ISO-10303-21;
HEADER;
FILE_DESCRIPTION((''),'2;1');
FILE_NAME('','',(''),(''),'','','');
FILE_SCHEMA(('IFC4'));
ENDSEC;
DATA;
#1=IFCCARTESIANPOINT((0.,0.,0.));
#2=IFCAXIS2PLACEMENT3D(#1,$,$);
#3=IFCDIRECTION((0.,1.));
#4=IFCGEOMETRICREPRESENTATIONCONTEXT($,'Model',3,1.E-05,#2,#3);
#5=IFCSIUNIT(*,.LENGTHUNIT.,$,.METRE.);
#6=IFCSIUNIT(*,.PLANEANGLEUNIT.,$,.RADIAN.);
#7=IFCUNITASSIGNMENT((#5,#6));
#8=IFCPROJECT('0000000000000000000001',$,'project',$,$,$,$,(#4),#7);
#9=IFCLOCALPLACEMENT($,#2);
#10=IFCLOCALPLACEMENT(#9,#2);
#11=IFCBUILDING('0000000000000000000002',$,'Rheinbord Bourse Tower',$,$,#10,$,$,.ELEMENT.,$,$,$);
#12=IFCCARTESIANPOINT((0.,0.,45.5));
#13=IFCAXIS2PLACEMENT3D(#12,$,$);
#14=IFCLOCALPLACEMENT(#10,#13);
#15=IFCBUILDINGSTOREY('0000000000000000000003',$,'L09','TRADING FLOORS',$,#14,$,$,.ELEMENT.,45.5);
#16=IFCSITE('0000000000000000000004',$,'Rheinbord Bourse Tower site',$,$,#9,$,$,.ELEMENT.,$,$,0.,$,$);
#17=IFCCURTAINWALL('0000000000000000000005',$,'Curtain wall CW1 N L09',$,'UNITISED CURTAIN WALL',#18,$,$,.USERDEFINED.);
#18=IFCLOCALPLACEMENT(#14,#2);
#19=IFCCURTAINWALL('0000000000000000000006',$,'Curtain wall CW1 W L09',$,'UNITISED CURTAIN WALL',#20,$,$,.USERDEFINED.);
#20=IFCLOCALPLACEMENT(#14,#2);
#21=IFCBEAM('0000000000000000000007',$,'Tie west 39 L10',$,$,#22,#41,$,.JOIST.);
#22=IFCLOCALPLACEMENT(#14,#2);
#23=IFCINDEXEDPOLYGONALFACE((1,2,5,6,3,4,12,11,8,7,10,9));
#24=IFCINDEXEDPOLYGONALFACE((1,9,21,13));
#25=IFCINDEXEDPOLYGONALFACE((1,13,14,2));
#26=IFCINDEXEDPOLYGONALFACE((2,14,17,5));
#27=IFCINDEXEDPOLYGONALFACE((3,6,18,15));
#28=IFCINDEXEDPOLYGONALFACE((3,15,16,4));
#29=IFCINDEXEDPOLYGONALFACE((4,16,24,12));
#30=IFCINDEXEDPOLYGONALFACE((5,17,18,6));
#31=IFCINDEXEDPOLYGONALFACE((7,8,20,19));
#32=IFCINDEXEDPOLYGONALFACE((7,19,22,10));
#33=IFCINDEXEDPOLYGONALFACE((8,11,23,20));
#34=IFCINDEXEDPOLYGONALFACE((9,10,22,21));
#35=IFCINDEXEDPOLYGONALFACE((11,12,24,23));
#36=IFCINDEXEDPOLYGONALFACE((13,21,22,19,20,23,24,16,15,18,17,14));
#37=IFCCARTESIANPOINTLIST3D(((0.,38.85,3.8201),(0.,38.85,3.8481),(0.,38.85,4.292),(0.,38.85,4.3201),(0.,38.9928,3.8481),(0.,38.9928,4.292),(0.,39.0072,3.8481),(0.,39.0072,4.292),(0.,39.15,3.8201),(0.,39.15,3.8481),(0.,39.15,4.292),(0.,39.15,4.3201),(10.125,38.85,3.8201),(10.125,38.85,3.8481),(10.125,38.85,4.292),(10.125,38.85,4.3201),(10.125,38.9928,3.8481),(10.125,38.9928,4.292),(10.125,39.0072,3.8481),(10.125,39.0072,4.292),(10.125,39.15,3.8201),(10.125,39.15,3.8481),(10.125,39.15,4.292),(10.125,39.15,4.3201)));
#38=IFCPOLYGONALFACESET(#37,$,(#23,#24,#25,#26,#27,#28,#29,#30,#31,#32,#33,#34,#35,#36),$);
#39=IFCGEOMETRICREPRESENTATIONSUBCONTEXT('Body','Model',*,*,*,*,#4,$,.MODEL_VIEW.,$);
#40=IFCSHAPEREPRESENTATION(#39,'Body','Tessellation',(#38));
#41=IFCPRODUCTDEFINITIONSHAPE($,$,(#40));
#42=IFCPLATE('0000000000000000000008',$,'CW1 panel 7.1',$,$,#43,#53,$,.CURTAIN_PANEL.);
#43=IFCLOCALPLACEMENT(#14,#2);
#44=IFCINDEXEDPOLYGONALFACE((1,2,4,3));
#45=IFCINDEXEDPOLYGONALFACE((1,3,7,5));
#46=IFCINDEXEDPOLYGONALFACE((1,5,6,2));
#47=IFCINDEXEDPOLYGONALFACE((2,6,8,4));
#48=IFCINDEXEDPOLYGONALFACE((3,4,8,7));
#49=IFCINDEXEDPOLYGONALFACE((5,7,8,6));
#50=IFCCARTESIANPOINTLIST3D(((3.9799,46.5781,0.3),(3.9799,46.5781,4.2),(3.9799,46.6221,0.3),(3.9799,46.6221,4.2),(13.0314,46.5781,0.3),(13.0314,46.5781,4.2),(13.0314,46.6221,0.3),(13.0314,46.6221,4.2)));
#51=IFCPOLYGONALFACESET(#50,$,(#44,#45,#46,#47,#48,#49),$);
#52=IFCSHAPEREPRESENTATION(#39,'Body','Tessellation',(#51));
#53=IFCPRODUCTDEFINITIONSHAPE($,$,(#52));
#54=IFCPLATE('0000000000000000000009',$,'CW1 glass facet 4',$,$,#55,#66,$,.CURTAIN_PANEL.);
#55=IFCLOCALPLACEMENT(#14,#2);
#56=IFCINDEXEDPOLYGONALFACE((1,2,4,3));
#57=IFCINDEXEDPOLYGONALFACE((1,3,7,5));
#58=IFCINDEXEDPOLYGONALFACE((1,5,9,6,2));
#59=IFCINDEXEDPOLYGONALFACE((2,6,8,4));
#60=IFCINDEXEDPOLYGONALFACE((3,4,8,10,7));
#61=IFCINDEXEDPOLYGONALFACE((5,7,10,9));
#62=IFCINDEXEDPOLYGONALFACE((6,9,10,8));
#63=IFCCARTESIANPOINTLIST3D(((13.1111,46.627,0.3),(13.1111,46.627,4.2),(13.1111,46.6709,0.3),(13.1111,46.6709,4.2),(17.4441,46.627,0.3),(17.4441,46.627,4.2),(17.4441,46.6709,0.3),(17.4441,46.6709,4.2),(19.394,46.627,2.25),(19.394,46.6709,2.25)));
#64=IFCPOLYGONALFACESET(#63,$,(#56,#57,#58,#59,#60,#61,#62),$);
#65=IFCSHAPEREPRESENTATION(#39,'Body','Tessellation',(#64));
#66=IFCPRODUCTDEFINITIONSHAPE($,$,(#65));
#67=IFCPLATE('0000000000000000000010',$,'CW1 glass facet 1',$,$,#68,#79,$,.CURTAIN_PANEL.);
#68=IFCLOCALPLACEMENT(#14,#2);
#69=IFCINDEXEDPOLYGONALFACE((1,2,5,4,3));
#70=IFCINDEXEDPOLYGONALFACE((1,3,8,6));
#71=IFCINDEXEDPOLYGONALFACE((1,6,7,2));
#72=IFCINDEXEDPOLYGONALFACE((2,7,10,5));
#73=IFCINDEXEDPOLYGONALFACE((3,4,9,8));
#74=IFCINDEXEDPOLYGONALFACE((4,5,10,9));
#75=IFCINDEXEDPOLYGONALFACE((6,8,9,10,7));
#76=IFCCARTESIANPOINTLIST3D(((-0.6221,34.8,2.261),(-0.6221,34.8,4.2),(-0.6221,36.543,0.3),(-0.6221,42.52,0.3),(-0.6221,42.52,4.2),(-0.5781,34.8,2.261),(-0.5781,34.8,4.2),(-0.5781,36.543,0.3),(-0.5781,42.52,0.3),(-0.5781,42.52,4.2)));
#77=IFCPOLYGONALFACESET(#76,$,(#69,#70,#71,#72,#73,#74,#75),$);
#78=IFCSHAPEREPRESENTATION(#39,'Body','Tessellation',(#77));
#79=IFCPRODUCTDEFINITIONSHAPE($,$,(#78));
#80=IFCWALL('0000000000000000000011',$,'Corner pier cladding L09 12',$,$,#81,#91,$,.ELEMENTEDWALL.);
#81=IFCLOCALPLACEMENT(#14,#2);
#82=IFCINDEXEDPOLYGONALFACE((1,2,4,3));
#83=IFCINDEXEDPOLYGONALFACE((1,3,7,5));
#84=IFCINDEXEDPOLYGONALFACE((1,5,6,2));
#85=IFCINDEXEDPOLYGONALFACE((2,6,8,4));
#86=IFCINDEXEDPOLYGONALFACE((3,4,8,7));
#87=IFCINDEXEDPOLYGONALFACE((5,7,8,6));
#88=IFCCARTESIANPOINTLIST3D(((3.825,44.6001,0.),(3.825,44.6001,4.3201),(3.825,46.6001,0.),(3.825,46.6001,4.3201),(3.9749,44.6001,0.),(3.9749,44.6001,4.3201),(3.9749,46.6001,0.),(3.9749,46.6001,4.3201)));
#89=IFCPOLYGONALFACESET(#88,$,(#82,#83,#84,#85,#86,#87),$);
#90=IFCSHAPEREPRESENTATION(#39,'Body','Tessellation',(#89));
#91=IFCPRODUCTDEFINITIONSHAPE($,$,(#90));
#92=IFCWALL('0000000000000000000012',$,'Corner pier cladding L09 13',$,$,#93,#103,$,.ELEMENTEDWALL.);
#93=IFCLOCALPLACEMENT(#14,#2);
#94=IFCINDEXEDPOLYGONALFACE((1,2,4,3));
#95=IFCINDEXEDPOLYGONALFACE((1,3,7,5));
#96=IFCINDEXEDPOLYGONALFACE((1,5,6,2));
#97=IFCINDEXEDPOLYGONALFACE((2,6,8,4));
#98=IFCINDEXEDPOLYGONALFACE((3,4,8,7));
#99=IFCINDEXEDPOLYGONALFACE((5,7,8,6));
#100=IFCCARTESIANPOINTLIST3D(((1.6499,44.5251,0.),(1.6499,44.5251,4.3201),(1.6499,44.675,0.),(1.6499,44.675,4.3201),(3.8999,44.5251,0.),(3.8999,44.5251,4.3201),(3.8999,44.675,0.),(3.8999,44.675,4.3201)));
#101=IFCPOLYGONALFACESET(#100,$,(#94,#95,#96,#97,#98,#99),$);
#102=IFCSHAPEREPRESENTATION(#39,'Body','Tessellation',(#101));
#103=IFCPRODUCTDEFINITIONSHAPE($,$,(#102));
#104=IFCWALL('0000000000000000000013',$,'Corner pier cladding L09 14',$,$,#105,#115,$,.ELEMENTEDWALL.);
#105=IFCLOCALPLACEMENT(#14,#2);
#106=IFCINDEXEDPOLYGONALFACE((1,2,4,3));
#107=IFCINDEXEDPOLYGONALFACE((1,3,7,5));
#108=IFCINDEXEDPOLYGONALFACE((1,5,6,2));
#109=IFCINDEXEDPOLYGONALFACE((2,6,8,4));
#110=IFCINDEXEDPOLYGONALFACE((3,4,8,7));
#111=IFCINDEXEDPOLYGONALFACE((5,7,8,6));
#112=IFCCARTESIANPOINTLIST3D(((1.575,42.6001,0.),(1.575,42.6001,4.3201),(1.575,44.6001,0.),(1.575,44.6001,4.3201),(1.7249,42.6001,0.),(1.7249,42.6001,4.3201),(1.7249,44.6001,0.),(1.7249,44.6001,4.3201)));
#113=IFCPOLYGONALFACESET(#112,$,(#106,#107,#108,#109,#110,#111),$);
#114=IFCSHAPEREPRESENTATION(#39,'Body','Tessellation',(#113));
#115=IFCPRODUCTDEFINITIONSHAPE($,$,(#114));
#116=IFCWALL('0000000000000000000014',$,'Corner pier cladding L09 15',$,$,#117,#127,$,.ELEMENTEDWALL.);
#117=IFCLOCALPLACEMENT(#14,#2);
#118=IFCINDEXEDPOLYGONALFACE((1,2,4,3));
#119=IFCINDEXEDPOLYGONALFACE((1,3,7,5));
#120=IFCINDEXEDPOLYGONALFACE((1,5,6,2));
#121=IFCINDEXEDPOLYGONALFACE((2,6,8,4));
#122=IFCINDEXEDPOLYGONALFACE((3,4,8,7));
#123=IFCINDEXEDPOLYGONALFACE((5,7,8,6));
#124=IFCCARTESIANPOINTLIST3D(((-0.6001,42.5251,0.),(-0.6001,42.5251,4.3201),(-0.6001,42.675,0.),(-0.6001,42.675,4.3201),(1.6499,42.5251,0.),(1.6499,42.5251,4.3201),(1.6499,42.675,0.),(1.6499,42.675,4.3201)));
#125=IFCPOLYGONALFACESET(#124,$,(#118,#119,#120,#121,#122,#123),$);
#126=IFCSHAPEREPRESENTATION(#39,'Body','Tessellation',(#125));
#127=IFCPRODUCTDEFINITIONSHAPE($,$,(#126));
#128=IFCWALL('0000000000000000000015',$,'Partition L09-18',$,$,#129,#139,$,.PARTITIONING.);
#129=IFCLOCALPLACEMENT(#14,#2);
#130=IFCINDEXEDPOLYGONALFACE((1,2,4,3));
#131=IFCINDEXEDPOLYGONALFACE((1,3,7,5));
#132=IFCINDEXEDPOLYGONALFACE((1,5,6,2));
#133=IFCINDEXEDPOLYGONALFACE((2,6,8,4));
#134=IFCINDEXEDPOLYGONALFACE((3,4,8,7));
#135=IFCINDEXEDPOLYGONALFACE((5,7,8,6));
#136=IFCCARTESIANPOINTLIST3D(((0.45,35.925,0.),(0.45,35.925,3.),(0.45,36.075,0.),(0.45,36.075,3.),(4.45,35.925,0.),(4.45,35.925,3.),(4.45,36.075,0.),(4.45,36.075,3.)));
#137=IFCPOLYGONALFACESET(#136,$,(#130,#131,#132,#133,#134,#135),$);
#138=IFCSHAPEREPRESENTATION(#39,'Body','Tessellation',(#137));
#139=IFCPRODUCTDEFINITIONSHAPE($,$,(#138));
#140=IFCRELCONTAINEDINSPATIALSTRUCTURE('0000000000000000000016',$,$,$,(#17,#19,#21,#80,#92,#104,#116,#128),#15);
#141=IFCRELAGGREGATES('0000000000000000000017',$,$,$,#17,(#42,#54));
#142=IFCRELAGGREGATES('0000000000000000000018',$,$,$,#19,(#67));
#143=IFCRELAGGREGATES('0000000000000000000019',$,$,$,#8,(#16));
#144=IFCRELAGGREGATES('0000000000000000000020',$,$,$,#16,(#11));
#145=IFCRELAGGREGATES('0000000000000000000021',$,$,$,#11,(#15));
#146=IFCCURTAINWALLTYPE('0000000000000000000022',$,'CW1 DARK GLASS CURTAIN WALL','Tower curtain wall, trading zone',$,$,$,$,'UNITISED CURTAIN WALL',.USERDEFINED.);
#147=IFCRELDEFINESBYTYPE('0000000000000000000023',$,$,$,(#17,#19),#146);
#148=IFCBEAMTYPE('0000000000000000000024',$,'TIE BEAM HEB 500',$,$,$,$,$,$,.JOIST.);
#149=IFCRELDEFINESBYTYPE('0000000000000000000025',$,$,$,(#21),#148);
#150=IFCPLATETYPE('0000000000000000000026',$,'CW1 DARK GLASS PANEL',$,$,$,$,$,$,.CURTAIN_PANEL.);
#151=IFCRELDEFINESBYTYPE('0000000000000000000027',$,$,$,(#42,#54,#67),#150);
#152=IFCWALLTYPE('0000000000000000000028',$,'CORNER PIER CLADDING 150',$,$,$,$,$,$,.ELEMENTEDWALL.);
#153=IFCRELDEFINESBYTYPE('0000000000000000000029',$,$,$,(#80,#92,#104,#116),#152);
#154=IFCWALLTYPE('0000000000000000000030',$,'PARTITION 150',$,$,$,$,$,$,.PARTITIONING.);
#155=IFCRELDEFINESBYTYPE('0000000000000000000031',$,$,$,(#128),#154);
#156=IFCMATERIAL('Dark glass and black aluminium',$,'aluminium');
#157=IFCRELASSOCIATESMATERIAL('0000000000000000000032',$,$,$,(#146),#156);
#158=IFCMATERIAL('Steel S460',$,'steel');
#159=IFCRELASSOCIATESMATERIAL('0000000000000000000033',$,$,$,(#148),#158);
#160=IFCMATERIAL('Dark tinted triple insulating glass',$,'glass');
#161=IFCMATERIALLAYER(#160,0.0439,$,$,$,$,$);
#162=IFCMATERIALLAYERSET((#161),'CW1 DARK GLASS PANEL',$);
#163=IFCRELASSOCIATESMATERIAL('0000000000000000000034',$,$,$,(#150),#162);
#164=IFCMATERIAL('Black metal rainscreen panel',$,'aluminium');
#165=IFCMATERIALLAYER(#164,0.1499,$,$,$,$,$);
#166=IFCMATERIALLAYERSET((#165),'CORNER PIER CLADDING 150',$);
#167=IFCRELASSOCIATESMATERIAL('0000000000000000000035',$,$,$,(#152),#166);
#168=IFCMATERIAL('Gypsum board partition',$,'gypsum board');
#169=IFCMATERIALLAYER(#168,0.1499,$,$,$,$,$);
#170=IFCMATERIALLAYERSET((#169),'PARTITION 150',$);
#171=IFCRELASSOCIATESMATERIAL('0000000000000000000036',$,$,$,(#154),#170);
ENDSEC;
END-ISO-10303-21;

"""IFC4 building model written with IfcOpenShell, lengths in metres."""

from ifc_helpers import new_model, si_unit, direction, frame, frame_2d, origin, origin_2d, place, context, subcontext, project, spatial, polyline, rectangle, i_section, outline, extrude, material, layer, layer_set, material_profile, profile_set, type_object, element, aggregate, save


model = new_model("IFC4")

# Units and contexts
model_context = context("Model", 3, precision=1e-05, world=origin(), true_north=direction((0.0, 1.0)))
body_context = subcontext(model_context, "Body", "Model", "MODEL_VIEW")
ifc_project = project(units=[si_unit("LENGTHUNIT", "METRE"), si_unit("PLANEANGLEUNIT", "RADIAN")], contexts=[model_context])

# Site, building, storey
site_placement = place(None, origin())
site = spatial("IfcSite", under=ifc_project, at=site_placement, Name="Rheinbord Bourse Tower site", CompositionType="ELEMENT", RefElevation=0.0)
building_placement = place(site_placement, origin())
building = spatial("IfcBuilding", under=site, at=building_placement, Name="Rheinbord Bourse Tower", CompositionType="ELEMENT")
storey_placement = place(building_placement, frame((0.0, 0.0, 45.5)))
storey = spatial("IfcBuildingStorey", under=building, at=storey_placement, Name="L09", Description="TRADING FLOORS", CompositionType="ELEMENT", Elevation=45.5)

# Curtain wall
ifc_material_1 = material(Name="Dark glass and black aluminium", Category="aluminium")
curtain_wall_type = type_object("IfcCurtainWallType", Name="CW1 DARK GLASS CURTAIN WALL", Description="Tower curtain wall, trading zone", ElementType="UNITISED CURTAIN WALL", PredefinedType="USERDEFINED", material=ifc_material_1)
curtain_wall_1_placement = place(storey_placement, origin())
curtain_wall_1 = element("IfcCurtainWall", 1, at=curtain_wall_1_placement, inside=storey, type_object=curtain_wall_type, Name="Curtain wall CW1 N L09", ObjectType="UNITISED CURTAIN WALL", PredefinedType="USERDEFINED")

# Curtain wall
curtain_wall_2_placement = place(storey_placement, origin())
curtain_wall_2 = element("IfcCurtainWall", 2, at=curtain_wall_2_placement, inside=storey, type_object=curtain_wall_type, Name="Curtain wall CW1 W L09", ObjectType="UNITISED CURTAIN WALL", PredefinedType="USERDEFINED")

# Beam
ifc_material_2 = material(Name="Steel S460", Category="steel")
ifc_material_profile_1 = material_profile(ifc_material_2, i_section(OverallWidth=0.3, OverallDepth=0.5, WebThickness=0.0144, FlangeThickness=0.0281, at=origin_2d()), Name="HEB 500")
ifc_profile_set_1 = profile_set([ifc_material_profile_1], Name="Steel S460")
beam_type_1 = type_object("IfcBeamType", Name="TIE BEAM HEB 500", PredefinedType="JOIST", material=ifc_profile_set_1)
beam_1_placement = place(storey_placement, frame((0.0, 39.0, 4.0701), z_axis=(1.0, 0.0, 0.0), x_axis=(0.0, 1.0, 0.0)))
element("IfcBeam", 3, at=beam_1_placement, inside=storey, type_object=beam_type_1, Name="Tie west 39 L10", PredefinedType="JOIST", context=body_context, shape_type="SweptSolid", body=[
    extrude(i_section(OverallWidth=0.3, OverallDepth=0.5, WebThickness=0.0144, FlangeThickness=0.0281, at=origin_2d()), origin(), (0.0, 0.0, 1.0), 10.125),
])

# Plates
ifc_material_3 = material(Name="Dark tinted triple insulating glass", Category="glass")
ifc_layer_1 = layer(ifc_material_3, 0.0439)
ifc_layer_set_1 = layer_set([ifc_layer_1], Name="CW1 DARK GLASS PANEL")
plate_type = type_object("IfcPlateType", Name="CW1 DARK GLASS PANEL", PredefinedType="CURTAIN_PANEL", material=ifc_layer_set_1)
plate_1_placement = place(storey_placement, frame((8.5056, 46.6001, 0.3), z_axis=(0.0, 0.0, 1.0), x_axis=(-1.0, 0.0, 0.0)))
plate_1 = element("IfcPlate", 4, at=plate_1_placement, type_object=plate_type, Name="CW1 panel 7.1", PredefinedType="CURTAIN_PANEL", context=body_context, shape_type="SweptSolid", body=[
    extrude(rectangle(XDim=9.0515, YDim=0.0439, at=origin_2d()), origin(), (0.0, 0.0, 1.0), 3.8999),
])
plate_2_placement = place(storey_placement, frame((13.1111, 46.6709, 4.2), z_axis=(0.0, -1.0, 0.0), x_axis=(0.0, 0.0, -1.0)))
plate_2 = element("IfcPlate", 5, at=plate_2_placement, type_object=plate_type, Name="CW1 glass facet 4", PredefinedType="CURTAIN_PANEL", context=body_context, shape_type="SweptSolid", body=[
    extrude(outline(polyline([(0.0, 0.0), (3.8999, 0.0), (3.8999, 4.333), (1.95, 6.283), (0.0, 4.333), (0.0, 0.0)])), origin(), (0.0, 0.0, 1.0), 0.0439),
])
aggregate(curtain_wall_1, [plate_1, plate_2])
plate_3_placement = place(storey_placement, frame((-0.6221, 42.52, 0.3), z_axis=(1.0, 0.0, 0.0), x_axis=(0.0, 0.0, 1.0)))
plate_3 = element("IfcPlate", 6, at=plate_3_placement, type_object=plate_type, Name="CW1 glass facet 1", PredefinedType="CURTAIN_PANEL", context=body_context, shape_type="SweptSolid", body=[
    extrude(outline(polyline([(0.0, 0.0), (3.8999, 0.0), (3.8999, 7.72), (1.9609, 7.72), (0.0, 5.9771), (0.0, 0.0)])), origin(), (0.0, 0.0, 1.0), 0.0439),
])
aggregate(curtain_wall_2, [plate_3])

# Walls
ifc_material_4 = material(Name="Black metal rainscreen panel", Category="aluminium")
ifc_layer_2 = layer(ifc_material_4, 0.1499)
ifc_layer_set_2 = layer_set([ifc_layer_2], Name="CORNER PIER CLADDING 150")
wall_type_1 = type_object("IfcWallType", Name="CORNER PIER CLADDING 150", PredefinedType="ELEMENTEDWALL", material=ifc_layer_set_2)
wall_1_placement = place(storey_placement, frame((3.8999, 46.6001, 0.0), z_axis=(0.0, 0.0, 1.0), x_axis=(0.0, -1.0, 0.0)))
element("IfcWall", 7, at=wall_1_placement, inside=storey, type_object=wall_type_1, Name="Corner pier cladding L09 12", PredefinedType="ELEMENTEDWALL", context=body_context, shape_type="SweptSolid", body=[
    extrude(rectangle(XDim=2.0, YDim=0.1499, at=frame_2d((1.0, 0.0))), origin(), (0.0, 0.0, 1.0), 4.3201),
])
wall_2_placement = place(storey_placement, frame((3.8999, 44.6001, 0.0), z_axis=(0.0, 0.0, 1.0), x_axis=(-1.0, 0.0, 0.0)))
element("IfcWall", 8, at=wall_2_placement, inside=storey, type_object=wall_type_1, Name="Corner pier cladding L09 13", PredefinedType="ELEMENTEDWALL", context=body_context, shape_type="SweptSolid", body=[
    extrude(rectangle(XDim=2.25, YDim=0.1499, at=frame_2d((1.125, 0.0))), origin(), (0.0, 0.0, 1.0), 4.3201),
])
wall_3_placement = place(storey_placement, frame((1.6499, 44.6001, 0.0), z_axis=(0.0, 0.0, 1.0), x_axis=(0.0, -1.0, 0.0)))
element("IfcWall", 9, at=wall_3_placement, inside=storey, type_object=wall_type_1, Name="Corner pier cladding L09 14", PredefinedType="ELEMENTEDWALL", context=body_context, shape_type="SweptSolid", body=[
    extrude(rectangle(XDim=2.0, YDim=0.1499, at=frame_2d((1.0, 0.0))), origin(), (0.0, 0.0, 1.0), 4.3201),
])
wall_4_placement = place(storey_placement, frame((1.6499, 42.6001, 0.0), z_axis=(0.0, 0.0, 1.0), x_axis=(-1.0, 0.0, 0.0)))
element("IfcWall", 10, at=wall_4_placement, inside=storey, type_object=wall_type_1, Name="Corner pier cladding L09 15", PredefinedType="ELEMENTEDWALL", context=body_context, shape_type="SweptSolid", body=[
    extrude(rectangle(XDim=2.25, YDim=0.1499, at=frame_2d((1.125, 0.0))), origin(), (0.0, 0.0, 1.0), 4.3201),
])
ifc_material_5 = material(Name="Gypsum board partition", Category="gypsum board")
ifc_layer_3 = layer(ifc_material_5, 0.1499)
ifc_layer_set_3 = layer_set([ifc_layer_3], Name="PARTITION 150")
wall_type_2 = type_object("IfcWallType", Name="PARTITION 150", PredefinedType="PARTITIONING", material=ifc_layer_set_3)
wall_5_placement = place(storey_placement, frame((0.45, 36.0, 0.0), z_axis=(0.0, 0.0, 1.0), x_axis=(1.0, 0.0, 0.0)))
element("IfcWall", 11, at=wall_5_placement, inside=storey, type_object=wall_type_2, Name="Partition L09-18", PredefinedType="PARTITIONING", context=body_context, shape_type="SweptSolid", body=[
    extrude(rectangle(XDim=4.0, YDim=0.1499, at=frame_2d((2.0, 0.0))), origin(), (0.0, 0.0, 1.0), 3.0),
])

save(model, "model.ifc")
